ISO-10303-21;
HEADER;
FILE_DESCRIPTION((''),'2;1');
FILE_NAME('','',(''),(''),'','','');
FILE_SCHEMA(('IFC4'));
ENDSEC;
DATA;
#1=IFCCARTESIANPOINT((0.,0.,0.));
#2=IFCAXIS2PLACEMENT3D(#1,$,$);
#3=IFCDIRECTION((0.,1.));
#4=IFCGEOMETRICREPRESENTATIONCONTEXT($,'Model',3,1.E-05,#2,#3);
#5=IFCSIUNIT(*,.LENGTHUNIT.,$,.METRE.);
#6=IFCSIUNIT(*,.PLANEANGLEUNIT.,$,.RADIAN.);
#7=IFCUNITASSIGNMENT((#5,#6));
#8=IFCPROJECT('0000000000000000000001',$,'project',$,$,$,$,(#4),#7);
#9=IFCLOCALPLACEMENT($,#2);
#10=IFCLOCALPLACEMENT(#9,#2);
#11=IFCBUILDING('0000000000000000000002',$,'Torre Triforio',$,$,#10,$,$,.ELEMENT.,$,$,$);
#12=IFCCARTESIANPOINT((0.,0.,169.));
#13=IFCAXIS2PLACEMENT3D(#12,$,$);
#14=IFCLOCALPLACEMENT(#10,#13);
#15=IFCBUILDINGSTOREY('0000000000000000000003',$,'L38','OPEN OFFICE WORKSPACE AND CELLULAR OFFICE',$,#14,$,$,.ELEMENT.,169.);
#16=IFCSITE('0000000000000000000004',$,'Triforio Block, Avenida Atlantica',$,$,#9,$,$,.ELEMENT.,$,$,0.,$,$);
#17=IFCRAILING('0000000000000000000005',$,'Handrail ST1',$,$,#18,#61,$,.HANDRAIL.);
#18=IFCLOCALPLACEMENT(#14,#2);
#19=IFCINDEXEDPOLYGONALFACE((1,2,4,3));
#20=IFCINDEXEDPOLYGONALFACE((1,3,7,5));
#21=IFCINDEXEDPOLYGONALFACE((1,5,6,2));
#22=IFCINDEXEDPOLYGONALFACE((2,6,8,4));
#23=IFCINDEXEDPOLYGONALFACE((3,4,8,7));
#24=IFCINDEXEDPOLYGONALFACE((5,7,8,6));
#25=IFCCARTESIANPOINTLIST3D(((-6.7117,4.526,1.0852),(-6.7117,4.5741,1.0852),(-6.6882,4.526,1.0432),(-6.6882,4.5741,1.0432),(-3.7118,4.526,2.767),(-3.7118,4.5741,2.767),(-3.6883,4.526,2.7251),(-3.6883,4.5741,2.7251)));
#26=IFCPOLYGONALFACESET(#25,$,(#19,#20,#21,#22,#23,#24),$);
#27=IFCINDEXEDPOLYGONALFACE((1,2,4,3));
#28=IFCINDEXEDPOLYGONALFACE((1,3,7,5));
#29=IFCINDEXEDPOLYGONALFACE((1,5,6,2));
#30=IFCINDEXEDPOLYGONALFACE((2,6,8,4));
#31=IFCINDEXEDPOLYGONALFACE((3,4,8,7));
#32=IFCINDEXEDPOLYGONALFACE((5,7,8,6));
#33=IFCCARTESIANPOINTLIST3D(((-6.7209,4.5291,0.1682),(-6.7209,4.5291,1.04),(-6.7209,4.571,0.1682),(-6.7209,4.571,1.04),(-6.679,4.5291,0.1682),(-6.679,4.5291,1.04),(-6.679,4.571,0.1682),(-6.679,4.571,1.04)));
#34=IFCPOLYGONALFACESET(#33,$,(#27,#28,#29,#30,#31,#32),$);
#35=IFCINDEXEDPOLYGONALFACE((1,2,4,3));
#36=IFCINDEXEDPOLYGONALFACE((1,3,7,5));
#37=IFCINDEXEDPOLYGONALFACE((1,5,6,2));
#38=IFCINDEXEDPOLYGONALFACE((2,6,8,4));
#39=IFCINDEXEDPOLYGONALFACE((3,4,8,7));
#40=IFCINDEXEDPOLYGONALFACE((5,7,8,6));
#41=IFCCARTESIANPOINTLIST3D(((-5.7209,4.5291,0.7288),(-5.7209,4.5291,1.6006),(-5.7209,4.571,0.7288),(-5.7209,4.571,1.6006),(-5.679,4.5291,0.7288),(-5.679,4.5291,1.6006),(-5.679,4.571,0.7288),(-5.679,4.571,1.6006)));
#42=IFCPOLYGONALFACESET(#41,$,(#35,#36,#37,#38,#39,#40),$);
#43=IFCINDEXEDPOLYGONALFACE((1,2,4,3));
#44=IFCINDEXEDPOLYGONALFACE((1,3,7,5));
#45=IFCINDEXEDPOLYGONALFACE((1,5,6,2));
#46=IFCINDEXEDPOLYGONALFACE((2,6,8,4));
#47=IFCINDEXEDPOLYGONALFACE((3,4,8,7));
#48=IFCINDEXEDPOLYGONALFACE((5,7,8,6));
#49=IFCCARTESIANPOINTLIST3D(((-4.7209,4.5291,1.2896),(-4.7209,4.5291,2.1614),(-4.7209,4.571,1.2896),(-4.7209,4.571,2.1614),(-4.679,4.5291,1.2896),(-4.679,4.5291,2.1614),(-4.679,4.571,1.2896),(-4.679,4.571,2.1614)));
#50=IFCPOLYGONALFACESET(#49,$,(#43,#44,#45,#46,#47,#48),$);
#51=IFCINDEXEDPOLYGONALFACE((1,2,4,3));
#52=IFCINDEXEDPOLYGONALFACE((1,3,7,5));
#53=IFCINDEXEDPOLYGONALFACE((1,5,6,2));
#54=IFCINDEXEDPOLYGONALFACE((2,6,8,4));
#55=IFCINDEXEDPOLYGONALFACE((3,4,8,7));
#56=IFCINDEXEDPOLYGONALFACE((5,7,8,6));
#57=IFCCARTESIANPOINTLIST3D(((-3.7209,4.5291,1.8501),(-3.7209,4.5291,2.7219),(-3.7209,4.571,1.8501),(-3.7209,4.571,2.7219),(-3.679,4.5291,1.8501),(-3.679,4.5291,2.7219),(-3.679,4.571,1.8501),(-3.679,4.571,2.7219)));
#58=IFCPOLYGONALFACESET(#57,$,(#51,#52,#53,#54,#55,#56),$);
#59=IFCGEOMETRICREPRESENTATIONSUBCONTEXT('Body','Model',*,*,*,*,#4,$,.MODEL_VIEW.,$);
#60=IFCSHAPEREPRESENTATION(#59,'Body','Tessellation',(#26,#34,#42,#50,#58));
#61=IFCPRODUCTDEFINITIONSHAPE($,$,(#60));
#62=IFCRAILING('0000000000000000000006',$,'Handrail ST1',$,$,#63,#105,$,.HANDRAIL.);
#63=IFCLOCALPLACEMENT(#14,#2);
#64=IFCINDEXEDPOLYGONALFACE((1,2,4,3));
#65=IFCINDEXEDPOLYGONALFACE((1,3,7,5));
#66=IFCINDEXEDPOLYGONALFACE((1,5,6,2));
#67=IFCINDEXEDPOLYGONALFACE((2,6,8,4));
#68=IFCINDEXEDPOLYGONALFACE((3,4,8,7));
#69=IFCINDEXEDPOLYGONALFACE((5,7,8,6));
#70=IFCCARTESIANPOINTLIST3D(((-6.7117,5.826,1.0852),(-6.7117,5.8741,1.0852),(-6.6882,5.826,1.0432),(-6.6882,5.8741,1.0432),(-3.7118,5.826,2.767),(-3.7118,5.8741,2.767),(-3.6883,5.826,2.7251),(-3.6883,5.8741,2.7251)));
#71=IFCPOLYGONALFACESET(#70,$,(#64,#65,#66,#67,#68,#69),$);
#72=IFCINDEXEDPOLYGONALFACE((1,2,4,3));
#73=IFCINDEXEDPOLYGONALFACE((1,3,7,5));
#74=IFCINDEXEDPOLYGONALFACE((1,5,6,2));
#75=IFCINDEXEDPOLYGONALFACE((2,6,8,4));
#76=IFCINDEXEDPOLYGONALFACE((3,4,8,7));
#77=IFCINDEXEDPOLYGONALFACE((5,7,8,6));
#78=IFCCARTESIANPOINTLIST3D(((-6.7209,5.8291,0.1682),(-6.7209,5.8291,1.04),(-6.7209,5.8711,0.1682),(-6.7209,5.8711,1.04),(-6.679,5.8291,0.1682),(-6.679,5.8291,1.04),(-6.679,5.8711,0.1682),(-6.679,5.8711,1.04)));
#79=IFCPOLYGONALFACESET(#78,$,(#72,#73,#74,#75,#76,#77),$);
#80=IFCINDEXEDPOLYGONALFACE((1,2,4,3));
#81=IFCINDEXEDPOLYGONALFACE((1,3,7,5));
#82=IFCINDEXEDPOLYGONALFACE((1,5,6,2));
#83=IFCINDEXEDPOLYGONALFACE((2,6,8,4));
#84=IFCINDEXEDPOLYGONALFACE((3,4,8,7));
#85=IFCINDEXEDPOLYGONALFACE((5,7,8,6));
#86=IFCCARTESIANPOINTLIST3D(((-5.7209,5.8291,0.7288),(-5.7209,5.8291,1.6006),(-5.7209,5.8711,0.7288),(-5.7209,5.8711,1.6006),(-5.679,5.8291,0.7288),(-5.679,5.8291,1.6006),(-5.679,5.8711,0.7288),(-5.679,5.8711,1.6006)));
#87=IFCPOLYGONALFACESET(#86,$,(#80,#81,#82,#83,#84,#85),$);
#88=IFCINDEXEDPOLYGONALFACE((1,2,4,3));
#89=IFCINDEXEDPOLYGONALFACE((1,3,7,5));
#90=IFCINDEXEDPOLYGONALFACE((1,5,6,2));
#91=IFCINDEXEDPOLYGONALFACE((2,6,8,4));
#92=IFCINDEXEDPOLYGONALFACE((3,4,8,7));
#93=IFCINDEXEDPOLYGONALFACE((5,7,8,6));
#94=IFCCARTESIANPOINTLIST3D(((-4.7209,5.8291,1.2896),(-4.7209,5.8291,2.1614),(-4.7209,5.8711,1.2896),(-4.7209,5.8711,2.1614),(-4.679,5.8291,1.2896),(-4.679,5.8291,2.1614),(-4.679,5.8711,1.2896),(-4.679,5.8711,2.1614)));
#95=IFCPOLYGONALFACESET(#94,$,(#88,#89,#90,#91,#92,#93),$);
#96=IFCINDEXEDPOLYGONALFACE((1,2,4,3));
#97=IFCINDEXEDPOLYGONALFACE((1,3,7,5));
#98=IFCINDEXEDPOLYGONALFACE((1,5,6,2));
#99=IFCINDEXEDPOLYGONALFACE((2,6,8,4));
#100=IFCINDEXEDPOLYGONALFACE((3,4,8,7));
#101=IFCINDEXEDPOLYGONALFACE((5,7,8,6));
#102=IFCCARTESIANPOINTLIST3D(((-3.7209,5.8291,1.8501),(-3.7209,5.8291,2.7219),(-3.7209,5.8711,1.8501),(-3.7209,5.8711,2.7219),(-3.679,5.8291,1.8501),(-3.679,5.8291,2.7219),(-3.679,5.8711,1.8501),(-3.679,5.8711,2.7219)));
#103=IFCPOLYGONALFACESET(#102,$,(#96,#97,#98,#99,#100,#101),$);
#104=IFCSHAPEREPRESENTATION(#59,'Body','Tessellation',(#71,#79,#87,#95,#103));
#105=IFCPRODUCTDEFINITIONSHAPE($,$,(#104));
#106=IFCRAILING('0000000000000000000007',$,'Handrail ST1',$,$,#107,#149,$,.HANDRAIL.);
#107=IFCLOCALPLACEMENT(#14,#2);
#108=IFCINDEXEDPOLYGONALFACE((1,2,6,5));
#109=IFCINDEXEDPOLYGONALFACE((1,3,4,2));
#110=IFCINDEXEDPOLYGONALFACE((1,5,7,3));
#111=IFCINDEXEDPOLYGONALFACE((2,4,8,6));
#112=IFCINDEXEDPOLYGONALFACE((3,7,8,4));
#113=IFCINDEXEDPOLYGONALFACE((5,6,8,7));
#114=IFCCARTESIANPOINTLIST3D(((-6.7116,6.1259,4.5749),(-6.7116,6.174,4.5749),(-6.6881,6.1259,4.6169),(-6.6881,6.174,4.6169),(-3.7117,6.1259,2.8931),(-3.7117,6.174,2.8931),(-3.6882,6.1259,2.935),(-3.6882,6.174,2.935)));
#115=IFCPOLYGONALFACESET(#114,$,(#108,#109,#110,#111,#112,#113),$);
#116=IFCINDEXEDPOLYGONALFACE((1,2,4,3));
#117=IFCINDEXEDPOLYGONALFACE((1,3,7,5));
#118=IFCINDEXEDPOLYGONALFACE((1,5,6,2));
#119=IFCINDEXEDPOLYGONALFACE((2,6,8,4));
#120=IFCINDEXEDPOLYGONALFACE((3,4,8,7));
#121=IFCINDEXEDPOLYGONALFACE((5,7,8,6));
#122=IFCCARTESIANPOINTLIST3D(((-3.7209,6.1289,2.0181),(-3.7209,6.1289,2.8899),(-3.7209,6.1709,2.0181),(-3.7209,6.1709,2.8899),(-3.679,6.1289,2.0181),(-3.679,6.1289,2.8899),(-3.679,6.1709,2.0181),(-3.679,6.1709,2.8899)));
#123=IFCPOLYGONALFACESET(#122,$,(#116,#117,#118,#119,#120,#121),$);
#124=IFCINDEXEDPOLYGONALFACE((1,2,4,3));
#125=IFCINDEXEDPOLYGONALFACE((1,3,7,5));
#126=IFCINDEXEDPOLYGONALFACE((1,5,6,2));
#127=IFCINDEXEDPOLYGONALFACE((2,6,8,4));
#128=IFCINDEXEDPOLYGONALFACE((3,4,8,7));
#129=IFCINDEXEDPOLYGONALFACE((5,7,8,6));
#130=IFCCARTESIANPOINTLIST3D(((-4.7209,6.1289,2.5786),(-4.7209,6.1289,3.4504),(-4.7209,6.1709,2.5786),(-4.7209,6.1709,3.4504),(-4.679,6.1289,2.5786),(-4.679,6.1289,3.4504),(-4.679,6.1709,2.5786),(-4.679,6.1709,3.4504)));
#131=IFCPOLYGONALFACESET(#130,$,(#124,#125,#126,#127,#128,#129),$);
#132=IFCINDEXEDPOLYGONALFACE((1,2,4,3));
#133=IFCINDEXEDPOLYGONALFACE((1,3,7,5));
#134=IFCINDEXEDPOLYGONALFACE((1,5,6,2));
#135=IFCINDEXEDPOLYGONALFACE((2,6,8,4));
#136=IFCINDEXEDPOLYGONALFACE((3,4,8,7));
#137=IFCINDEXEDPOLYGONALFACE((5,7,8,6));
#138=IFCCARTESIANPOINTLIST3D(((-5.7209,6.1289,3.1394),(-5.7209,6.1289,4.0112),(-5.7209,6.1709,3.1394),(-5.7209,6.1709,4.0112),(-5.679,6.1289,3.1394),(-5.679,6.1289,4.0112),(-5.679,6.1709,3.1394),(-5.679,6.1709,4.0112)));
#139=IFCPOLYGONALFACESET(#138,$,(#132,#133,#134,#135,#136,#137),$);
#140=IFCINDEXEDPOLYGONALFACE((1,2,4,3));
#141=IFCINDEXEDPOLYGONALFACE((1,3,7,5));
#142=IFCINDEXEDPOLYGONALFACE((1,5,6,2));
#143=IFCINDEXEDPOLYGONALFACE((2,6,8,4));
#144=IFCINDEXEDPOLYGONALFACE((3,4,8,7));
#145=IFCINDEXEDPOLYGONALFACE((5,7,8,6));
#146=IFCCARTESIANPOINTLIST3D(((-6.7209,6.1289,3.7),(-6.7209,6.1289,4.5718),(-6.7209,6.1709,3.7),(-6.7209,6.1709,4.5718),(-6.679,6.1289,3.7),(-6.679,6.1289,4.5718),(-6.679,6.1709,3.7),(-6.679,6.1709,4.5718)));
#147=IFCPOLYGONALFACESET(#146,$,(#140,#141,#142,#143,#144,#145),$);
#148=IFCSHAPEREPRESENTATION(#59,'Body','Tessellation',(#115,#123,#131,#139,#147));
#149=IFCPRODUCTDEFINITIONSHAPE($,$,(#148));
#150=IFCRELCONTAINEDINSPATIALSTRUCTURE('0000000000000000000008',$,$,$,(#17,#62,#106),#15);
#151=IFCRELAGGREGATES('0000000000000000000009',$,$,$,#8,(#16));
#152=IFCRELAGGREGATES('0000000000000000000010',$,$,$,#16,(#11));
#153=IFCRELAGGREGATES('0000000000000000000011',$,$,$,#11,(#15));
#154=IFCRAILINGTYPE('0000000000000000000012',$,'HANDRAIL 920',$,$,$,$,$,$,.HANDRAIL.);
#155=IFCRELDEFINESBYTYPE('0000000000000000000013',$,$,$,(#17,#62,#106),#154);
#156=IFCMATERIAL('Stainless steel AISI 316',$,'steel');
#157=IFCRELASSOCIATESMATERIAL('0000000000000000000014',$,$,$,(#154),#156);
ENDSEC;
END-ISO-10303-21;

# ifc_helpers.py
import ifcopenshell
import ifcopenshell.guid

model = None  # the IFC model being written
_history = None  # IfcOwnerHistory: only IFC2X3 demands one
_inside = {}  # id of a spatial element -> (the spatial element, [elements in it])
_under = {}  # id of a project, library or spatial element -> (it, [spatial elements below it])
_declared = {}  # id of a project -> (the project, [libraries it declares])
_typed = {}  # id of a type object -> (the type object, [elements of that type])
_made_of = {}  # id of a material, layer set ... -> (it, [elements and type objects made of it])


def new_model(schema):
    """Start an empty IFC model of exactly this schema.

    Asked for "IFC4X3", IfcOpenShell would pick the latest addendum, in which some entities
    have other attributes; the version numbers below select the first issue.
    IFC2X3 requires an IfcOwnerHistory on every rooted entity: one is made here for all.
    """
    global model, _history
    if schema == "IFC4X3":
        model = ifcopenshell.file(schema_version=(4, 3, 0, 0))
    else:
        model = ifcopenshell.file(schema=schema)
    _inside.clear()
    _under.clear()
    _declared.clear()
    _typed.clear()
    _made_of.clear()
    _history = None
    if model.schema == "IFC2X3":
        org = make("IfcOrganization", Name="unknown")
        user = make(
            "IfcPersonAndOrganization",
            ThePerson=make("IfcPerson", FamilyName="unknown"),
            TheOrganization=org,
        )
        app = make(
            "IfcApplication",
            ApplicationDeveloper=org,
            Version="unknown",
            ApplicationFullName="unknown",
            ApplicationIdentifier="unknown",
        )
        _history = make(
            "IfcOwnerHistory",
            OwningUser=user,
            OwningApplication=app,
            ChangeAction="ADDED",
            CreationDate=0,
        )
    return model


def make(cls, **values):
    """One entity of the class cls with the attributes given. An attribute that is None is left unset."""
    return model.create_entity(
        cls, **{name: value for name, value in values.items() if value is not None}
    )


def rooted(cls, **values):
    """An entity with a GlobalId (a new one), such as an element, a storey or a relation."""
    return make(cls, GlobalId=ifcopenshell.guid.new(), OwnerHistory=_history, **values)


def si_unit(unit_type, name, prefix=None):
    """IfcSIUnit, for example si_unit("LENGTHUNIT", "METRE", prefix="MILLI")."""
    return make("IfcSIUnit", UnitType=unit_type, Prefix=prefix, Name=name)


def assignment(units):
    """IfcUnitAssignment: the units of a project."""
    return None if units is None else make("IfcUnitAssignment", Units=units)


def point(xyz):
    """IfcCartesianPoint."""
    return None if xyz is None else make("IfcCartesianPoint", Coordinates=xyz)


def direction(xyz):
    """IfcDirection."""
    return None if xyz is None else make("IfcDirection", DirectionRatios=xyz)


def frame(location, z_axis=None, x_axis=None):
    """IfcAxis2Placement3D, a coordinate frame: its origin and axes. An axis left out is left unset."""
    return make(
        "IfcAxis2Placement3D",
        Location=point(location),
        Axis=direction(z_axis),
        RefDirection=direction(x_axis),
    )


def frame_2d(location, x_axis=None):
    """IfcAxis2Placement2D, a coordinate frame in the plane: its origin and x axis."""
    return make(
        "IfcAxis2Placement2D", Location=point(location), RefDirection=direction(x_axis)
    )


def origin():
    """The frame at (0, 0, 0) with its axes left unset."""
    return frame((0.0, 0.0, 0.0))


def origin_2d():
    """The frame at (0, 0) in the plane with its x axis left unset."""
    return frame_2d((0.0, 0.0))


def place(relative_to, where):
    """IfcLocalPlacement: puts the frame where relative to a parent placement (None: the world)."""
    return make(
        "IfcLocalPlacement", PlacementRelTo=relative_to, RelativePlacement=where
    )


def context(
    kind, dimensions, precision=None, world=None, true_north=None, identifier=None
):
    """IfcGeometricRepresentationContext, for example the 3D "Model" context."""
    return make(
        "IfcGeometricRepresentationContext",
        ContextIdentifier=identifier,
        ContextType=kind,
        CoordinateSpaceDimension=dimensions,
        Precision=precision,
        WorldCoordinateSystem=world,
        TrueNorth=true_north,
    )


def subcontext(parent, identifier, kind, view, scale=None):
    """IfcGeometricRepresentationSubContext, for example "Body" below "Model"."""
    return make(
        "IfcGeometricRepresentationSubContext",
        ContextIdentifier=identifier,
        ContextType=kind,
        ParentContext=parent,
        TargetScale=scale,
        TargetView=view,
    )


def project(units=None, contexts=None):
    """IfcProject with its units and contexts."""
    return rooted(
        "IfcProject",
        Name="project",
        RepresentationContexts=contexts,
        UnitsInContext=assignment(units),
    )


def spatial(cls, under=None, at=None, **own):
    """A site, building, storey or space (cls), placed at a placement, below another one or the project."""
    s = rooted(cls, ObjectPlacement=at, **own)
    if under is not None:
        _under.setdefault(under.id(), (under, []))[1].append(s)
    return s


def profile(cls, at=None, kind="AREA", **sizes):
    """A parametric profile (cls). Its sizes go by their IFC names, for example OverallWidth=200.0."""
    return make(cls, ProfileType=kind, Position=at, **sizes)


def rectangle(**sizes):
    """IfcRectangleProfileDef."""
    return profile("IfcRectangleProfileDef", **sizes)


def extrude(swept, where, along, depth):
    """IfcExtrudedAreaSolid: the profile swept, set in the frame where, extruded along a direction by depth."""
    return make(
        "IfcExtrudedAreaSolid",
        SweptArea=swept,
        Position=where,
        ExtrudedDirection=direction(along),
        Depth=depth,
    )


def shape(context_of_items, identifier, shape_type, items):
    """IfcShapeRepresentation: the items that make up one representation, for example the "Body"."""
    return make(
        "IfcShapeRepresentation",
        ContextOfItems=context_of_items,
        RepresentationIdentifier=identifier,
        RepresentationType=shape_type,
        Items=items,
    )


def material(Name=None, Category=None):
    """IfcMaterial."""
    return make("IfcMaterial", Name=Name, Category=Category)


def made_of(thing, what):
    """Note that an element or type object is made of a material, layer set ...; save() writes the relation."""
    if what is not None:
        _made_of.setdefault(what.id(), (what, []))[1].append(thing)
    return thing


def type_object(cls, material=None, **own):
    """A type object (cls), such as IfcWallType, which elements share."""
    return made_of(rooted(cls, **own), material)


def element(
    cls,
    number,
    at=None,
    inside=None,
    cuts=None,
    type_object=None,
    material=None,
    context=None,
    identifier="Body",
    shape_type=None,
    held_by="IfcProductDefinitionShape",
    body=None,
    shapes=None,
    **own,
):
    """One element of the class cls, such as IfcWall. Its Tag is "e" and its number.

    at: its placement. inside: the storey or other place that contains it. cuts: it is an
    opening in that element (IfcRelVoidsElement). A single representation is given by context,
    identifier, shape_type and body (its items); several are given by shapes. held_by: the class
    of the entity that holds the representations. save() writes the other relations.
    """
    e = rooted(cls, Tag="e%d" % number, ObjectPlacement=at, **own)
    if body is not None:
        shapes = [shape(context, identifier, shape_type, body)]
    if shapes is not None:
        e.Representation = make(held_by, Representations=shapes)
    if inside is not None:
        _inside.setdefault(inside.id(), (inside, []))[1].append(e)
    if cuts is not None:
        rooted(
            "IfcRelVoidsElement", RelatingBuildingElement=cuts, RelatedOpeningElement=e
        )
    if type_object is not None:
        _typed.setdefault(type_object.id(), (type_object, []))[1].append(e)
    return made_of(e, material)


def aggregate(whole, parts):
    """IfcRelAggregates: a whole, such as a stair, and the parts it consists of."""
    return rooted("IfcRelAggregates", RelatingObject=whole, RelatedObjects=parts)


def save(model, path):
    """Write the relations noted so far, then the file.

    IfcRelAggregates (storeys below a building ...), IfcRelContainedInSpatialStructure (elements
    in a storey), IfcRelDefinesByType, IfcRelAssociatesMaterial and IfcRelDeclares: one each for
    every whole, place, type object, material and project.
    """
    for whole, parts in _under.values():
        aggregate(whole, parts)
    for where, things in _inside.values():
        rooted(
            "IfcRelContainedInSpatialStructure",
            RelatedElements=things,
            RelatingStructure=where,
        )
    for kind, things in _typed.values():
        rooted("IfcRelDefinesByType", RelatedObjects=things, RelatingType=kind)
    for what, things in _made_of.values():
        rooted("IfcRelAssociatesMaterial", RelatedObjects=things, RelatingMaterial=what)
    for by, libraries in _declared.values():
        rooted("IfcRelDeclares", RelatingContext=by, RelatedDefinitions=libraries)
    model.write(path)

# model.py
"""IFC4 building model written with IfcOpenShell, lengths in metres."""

from ifc_helpers import new_model, si_unit, direction, frame, origin, origin_2d, place, context, subcontext, project, spatial, rectangle, extrude, material, type_object, element, save


model = new_model("IFC4")

# Units and contexts
model_context = context("Model", 3, precision=1e-05, world=origin(), true_north=direction((0.0, 1.0)))
body_context = subcontext(model_context, "Body", "Model", "MODEL_VIEW")
ifc_project = project(units=[si_unit("LENGTHUNIT", "METRE"), si_unit("PLANEANGLEUNIT", "RADIAN")], contexts=[model_context])

# Site, building, storey
site_placement = place(None, origin())
site = spatial("IfcSite", under=ifc_project, at=site_placement, Name="Triforio Block, Avenida Atlantica", CompositionType="ELEMENT", RefElevation=0.0)
building_placement = place(site_placement, origin())
building = spatial("IfcBuilding", under=site, at=building_placement, Name="Torre Triforio", CompositionType="ELEMENT")
storey_placement = place(building_placement, frame((0.0, 0.0, 169.0)))
storey = spatial("IfcBuildingStorey", under=building, at=storey_placement, Name="L38", Description="OPEN OFFICE WORKSPACE AND CELLULAR OFFICE", CompositionType="ELEMENT", Elevation=169.0)

# Railings
ifc_material_1 = material(Name="Stainless steel AISI 316", Category="steel")
railing_type = type_object("IfcRailingType", Name="HANDRAIL 920", PredefinedType="HANDRAIL", material=ifc_material_1)
for number, where, name in (
    (1, (-6.7, 4.55, 0.1682), "Handrail ST1"),
    (2, (-6.7, 5.8501, 0.1682), "Handrail ST1"),
):
    element("IfcRailing", number, at=place(storey_placement, frame(where)), inside=storey, type_object=railing_type, Name=name, PredefinedType="HANDRAIL", context=body_context, shape_type="SweptSolid", body=[
        extrude(rectangle(XDim=0.0481, YDim=0.0481, at=origin_2d()), frame((0.0, 0.0, 0.896), z_axis=(0.872272, 0.0, 0.48902), x_axis=(0.0, 1.0, 0.0)), (0.0, 0.0, 1.0), 3.4392),
        extrude(rectangle(XDim=0.042, YDim=0.042, at=origin_2d()), origin(), (0.0, 0.0, 1.0), 0.8718),
        extrude(rectangle(XDim=0.042, YDim=0.042, at=origin_2d()), frame((1.0, 0.0, 0.5605)), (0.0, 0.0, 1.0), 0.8718),
        extrude(rectangle(XDim=0.042, YDim=0.042, at=origin_2d()), frame((2.0, 0.0, 1.1213)), (0.0, 0.0, 1.0), 0.8718),
        extrude(rectangle(XDim=0.042, YDim=0.042, at=origin_2d()), frame((3.0, 0.0, 1.6819)), (0.0, 0.0, 1.0), 0.8718),
    ])
railing_placement = place(storey_placement, frame((-3.7, 6.1499, 2.0181)))
element("IfcRailing", 3, at=railing_placement, inside=storey, type_object=railing_type, Name="Handrail ST1", PredefinedType="HANDRAIL", context=body_context, shape_type="SweptSolid", body=[
    extrude(rectangle(XDim=0.0481, YDim=0.0481, at=origin_2d()), frame((0.0, 0.0, 0.896), z_axis=(-0.872272, 0.0, 0.48902), x_axis=(0.0, -1.0, 0.0)), (0.0, 0.0, 1.0), 3.4392),
    extrude(rectangle(XDim=0.042, YDim=0.042, at=origin_2d()), origin(), (0.0, 0.0, 1.0), 0.8718),
    extrude(rectangle(XDim=0.042, YDim=0.042, at=origin_2d()), frame((-1.0, 0.0, 0.5605)), (0.0, 0.0, 1.0), 0.8718),
    extrude(rectangle(XDim=0.042, YDim=0.042, at=origin_2d()), frame((-2.0, 0.0, 1.1213)), (0.0, 0.0, 1.0), 0.8718),
    extrude(rectangle(XDim=0.042, YDim=0.042, at=origin_2d()), frame((-3.0, 0.0, 1.6819)), (0.0, 0.0, 1.0), 0.8718),
])

save(model, "model.ifc")
